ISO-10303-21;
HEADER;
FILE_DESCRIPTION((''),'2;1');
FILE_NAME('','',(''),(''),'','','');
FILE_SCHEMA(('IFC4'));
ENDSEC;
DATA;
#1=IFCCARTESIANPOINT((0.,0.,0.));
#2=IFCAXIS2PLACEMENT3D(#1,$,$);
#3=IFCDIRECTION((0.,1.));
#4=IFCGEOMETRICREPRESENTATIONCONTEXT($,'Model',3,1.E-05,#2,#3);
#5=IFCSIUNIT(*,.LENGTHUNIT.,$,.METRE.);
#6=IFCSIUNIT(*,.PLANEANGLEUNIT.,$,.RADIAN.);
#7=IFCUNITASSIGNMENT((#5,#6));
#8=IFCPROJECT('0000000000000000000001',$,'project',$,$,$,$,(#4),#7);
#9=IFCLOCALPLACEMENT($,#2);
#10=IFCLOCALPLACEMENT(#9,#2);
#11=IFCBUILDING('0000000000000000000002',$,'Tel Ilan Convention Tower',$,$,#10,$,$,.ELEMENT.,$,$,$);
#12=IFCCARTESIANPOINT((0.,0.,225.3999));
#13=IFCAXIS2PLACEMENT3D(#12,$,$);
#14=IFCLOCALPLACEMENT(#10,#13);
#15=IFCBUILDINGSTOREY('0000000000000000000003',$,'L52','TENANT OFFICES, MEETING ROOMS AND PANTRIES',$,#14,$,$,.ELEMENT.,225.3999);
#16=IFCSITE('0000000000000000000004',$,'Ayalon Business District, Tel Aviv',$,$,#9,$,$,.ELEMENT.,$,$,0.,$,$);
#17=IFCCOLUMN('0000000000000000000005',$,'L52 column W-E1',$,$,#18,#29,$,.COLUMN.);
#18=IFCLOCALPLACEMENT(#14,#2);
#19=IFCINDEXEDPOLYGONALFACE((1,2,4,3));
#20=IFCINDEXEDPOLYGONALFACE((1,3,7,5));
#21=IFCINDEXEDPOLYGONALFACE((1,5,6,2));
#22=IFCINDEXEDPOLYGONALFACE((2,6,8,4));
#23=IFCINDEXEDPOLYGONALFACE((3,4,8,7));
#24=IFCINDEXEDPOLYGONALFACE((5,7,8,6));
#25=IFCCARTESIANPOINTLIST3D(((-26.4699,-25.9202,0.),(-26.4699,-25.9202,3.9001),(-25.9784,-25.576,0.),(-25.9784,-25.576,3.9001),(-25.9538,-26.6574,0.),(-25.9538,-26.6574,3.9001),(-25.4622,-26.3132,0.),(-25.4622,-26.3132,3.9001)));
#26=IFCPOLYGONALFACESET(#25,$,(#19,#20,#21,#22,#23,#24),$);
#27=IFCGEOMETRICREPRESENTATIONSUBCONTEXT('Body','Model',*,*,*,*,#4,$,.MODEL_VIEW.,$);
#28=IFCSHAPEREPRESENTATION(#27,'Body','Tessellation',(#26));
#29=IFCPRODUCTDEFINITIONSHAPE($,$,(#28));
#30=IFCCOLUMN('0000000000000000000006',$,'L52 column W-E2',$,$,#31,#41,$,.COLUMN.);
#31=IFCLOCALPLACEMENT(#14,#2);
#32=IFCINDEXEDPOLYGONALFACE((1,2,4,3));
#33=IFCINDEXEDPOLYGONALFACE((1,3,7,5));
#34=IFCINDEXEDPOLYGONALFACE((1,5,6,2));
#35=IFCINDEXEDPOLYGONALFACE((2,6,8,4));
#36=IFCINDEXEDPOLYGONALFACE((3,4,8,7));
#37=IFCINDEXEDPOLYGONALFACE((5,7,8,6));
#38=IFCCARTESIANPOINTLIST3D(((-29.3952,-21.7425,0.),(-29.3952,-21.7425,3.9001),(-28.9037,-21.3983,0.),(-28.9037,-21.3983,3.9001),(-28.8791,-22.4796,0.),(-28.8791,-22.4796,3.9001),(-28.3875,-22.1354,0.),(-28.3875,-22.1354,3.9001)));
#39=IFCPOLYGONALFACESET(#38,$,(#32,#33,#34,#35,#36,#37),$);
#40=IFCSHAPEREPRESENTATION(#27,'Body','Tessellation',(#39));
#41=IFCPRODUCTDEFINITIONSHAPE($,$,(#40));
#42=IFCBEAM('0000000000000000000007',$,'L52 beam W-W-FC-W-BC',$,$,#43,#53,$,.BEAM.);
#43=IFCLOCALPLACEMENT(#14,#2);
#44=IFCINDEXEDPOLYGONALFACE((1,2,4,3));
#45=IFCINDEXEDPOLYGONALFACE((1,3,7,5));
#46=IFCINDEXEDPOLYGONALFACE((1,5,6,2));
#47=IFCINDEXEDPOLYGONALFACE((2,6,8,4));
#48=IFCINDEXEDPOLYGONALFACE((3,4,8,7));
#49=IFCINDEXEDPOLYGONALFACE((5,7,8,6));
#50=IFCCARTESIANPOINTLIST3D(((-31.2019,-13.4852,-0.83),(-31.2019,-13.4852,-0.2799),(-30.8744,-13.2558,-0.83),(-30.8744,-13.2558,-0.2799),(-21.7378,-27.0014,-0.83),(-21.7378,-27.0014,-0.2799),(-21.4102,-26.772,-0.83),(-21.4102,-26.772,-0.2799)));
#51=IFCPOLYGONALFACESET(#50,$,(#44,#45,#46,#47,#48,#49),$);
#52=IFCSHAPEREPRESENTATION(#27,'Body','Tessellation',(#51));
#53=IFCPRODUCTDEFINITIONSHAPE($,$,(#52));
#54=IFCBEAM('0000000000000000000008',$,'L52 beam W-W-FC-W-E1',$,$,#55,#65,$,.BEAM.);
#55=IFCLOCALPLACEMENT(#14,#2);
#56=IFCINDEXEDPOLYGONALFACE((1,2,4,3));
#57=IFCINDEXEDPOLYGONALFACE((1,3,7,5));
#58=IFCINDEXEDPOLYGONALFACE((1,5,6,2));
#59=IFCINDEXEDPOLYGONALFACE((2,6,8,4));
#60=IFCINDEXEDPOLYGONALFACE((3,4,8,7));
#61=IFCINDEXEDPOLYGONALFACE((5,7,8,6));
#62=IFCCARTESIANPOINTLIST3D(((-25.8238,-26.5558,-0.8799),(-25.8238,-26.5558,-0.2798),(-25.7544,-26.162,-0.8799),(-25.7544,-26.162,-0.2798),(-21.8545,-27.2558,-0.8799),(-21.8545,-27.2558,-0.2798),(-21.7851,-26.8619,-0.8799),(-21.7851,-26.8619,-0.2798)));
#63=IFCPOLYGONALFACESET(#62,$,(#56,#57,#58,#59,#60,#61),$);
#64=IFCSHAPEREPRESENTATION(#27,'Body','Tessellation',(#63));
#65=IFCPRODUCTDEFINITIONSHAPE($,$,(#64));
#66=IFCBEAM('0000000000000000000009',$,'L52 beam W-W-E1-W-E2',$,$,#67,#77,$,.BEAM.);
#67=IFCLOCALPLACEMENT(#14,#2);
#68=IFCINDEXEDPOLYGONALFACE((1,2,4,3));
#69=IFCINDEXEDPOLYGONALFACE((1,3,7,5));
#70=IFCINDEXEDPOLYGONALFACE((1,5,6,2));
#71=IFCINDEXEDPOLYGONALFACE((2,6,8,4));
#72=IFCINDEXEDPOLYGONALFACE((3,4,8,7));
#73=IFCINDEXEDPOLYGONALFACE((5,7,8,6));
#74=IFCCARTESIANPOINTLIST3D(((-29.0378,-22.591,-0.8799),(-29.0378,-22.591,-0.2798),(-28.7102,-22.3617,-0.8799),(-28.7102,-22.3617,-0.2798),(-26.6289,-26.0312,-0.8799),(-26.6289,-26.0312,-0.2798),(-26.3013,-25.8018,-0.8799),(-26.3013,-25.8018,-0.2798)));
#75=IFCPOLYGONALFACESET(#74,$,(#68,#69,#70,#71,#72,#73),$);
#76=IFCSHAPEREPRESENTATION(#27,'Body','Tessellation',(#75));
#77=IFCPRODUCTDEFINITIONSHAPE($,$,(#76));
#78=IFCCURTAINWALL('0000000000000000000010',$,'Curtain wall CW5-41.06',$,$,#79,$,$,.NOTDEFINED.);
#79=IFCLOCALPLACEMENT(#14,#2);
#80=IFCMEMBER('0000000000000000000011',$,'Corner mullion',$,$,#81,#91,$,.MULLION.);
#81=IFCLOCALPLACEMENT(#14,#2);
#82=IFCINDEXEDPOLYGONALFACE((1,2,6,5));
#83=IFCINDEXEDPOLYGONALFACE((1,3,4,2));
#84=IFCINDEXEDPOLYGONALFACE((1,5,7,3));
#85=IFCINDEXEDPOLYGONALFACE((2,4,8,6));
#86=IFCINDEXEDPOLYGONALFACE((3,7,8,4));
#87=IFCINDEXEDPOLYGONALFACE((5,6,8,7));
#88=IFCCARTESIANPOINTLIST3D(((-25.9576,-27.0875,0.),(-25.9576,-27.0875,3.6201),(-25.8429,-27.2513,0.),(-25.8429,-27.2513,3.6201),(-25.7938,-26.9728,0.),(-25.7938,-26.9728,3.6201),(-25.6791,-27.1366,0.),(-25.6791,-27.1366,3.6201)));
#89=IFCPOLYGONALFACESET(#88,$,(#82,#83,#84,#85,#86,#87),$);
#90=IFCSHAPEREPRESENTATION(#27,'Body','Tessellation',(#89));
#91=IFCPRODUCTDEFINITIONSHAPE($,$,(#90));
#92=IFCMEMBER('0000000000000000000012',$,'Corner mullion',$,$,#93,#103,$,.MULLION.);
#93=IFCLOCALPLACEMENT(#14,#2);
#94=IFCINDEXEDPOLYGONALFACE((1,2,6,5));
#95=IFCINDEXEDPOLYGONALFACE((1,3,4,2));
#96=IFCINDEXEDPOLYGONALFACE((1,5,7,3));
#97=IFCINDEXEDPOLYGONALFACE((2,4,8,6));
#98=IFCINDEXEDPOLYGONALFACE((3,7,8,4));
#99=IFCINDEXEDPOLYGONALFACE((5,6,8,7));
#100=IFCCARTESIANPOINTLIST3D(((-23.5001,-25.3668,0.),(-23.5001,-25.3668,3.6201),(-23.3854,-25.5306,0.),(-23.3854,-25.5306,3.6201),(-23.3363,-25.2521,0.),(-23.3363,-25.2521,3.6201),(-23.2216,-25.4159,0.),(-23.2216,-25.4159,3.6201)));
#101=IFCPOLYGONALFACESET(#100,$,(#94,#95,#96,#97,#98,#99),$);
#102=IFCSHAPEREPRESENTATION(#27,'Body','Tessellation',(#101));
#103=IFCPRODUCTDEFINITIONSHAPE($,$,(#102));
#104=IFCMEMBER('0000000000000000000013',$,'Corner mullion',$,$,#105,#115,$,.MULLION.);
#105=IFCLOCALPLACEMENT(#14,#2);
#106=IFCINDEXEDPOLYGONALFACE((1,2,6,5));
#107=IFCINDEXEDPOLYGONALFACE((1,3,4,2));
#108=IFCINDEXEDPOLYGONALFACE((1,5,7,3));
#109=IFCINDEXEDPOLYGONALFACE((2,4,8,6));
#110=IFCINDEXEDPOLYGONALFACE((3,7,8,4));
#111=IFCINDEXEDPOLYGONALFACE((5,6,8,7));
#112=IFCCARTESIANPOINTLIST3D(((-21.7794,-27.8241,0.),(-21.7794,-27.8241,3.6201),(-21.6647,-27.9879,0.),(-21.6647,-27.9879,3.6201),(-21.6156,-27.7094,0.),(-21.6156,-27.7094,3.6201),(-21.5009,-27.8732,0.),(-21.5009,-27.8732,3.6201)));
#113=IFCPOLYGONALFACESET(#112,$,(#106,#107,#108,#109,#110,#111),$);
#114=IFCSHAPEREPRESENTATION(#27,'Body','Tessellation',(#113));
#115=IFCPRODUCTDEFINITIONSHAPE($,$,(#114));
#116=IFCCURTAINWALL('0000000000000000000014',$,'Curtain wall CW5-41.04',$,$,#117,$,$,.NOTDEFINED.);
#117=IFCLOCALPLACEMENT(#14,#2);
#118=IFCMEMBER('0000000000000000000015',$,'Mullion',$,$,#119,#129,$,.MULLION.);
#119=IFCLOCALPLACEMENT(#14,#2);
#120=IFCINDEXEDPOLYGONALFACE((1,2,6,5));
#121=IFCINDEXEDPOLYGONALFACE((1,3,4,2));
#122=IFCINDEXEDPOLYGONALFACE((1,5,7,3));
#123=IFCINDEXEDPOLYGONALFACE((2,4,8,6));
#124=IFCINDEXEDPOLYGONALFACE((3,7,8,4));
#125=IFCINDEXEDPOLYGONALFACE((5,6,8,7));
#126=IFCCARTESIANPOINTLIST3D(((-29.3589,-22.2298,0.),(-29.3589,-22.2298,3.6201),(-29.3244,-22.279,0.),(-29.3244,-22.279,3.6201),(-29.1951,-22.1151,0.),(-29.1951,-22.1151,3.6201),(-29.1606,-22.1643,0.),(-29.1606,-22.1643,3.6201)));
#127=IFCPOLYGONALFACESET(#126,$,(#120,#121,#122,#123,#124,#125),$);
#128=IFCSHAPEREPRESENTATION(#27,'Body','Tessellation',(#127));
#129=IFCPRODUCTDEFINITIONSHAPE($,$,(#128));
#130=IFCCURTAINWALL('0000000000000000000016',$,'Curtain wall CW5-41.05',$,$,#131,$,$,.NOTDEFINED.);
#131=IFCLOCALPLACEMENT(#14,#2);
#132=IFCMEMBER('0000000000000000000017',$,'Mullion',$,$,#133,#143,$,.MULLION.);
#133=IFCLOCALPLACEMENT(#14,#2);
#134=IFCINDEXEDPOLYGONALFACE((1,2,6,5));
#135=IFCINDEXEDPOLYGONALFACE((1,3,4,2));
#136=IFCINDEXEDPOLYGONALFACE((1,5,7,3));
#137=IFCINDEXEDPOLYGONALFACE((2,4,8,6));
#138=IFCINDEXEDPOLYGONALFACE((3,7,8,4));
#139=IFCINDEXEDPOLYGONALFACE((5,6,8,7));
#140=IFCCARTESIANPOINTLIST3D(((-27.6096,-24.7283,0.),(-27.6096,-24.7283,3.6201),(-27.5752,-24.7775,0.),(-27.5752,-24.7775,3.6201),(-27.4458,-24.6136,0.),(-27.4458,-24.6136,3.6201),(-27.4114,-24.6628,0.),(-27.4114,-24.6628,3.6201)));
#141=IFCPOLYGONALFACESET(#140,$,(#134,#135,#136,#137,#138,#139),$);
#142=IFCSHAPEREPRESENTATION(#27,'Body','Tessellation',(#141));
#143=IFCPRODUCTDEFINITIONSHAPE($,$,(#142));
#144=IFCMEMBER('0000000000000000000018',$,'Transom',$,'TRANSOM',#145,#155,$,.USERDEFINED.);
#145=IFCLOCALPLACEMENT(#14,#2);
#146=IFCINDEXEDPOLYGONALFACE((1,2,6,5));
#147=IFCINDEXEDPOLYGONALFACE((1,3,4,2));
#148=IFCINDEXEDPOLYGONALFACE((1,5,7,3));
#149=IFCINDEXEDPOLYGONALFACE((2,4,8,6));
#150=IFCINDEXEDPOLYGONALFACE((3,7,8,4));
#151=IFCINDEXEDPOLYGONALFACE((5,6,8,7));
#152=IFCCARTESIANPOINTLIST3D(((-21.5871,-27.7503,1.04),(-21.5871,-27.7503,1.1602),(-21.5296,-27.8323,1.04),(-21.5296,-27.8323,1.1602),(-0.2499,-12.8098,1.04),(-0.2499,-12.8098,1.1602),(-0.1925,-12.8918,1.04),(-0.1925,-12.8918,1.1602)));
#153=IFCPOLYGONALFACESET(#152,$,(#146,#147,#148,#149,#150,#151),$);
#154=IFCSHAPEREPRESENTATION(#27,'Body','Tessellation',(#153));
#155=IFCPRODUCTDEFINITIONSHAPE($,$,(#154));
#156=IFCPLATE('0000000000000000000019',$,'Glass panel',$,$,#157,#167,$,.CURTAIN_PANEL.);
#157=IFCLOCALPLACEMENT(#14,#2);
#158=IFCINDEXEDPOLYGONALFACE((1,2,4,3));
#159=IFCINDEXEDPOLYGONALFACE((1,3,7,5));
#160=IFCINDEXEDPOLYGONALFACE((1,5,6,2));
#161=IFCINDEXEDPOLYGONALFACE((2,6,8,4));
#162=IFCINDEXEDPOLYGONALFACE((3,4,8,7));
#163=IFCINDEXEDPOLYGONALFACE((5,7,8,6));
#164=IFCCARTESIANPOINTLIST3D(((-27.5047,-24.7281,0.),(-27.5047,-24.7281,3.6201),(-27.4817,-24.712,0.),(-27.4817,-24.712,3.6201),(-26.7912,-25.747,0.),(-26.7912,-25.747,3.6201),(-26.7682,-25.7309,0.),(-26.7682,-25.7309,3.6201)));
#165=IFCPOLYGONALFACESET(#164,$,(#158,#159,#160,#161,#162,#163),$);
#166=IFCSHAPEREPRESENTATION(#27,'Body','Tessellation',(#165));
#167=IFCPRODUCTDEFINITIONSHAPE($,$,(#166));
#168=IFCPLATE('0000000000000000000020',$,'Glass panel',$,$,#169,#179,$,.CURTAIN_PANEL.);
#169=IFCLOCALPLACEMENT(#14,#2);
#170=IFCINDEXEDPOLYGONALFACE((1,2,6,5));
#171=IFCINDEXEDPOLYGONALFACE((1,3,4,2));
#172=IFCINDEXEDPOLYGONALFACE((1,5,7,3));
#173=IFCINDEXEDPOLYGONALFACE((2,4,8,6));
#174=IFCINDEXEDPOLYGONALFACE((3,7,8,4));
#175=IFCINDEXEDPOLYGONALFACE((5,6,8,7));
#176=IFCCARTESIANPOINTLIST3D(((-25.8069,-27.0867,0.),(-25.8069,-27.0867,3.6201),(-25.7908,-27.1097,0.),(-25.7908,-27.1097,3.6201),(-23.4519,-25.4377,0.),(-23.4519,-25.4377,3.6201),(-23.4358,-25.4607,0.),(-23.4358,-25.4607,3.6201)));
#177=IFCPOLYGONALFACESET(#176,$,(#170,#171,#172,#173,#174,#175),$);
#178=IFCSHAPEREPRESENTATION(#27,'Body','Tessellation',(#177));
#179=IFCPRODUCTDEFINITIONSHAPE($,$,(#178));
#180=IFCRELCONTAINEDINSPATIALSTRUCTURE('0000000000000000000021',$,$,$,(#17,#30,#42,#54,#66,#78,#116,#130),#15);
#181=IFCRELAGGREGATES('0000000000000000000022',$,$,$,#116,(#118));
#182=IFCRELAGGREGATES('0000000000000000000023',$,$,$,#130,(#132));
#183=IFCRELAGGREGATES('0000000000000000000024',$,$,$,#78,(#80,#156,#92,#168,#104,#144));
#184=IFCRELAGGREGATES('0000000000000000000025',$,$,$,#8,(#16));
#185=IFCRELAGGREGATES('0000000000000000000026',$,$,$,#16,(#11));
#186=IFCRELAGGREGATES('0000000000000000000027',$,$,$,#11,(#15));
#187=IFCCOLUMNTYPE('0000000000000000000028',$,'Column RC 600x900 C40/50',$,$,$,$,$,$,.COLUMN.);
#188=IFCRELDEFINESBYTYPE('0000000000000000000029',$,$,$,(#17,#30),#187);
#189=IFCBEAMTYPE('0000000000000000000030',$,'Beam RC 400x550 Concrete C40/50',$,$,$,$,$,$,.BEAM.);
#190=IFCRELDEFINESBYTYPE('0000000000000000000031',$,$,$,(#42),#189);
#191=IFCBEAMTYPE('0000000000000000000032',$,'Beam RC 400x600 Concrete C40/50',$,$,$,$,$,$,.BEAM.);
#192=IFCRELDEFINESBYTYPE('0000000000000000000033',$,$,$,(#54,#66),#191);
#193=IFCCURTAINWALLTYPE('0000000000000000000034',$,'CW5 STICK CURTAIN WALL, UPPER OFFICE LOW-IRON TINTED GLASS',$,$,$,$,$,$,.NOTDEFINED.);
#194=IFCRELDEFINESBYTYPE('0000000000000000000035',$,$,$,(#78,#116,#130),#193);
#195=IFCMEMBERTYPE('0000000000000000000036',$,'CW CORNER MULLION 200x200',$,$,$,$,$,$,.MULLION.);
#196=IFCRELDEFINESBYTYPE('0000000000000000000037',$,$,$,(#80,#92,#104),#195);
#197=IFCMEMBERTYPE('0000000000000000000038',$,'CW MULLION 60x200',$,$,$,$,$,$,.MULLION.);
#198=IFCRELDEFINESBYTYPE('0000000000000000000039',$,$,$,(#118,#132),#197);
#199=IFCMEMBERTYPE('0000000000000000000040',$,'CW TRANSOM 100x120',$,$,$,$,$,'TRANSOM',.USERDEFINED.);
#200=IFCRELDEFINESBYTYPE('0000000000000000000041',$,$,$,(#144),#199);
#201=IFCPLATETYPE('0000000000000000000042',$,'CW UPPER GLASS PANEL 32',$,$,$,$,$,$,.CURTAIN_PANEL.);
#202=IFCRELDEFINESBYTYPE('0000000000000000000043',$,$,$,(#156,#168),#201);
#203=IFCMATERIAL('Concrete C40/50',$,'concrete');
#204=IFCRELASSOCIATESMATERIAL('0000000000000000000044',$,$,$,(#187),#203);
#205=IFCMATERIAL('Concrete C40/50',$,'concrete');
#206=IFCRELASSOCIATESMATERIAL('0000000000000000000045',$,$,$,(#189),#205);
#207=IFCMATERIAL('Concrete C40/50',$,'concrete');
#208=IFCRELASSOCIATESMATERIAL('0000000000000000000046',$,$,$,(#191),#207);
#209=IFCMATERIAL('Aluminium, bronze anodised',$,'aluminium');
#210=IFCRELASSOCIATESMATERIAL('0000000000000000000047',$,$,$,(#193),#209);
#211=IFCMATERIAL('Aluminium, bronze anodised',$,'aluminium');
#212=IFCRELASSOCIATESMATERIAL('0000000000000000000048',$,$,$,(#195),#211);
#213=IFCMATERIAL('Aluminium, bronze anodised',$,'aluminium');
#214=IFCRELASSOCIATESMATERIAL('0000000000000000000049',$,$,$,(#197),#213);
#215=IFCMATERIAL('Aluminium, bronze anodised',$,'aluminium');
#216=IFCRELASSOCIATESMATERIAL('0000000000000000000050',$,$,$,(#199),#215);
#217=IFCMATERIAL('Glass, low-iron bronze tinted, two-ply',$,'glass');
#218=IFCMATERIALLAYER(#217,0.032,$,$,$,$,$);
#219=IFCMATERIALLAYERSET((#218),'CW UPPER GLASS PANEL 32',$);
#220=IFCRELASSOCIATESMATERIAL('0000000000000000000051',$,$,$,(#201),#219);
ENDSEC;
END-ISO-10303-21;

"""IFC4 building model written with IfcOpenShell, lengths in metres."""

from ifc_helpers import new_model, si_unit, direction, frame, origin, origin_2d, place, context, subcontext, project, spatial, rectangle, extrude, material, layer, layer_set, material_profile, profile_set, type_object, element, aggregate, save


model = new_model("IFC4")

# Units and contexts
model_context = context("Model", 3, precision=1e-05, world=origin(), true_north=direction((0.0, 1.0)))
body_context = subcontext(model_context, "Body", "Model", "MODEL_VIEW")
ifc_project = project(units=[si_unit("LENGTHUNIT", "METRE"), si_unit("PLANEANGLEUNIT", "RADIAN")], contexts=[model_context])

# Site, building, storey
site_placement = place(None, origin())
site = spatial("IfcSite", under=ifc_project, at=site_placement, Name="Ayalon Business District, Tel Aviv", CompositionType="ELEMENT", RefElevation=0.0)
building_placement = place(site_placement, origin())
building = spatial("IfcBuilding", under=site, at=building_placement, Name="Tel Ilan Convention Tower", CompositionType="ELEMENT")
storey_placement = place(building_placement, frame((0.0, 0.0, 225.3999)))
storey = spatial("IfcBuildingStorey", under=building, at=storey_placement, Name="L52", Description="TENANT OFFICES, MEETING ROOMS AND PANTRIES", CompositionType="ELEMENT", Elevation=225.3999)

# Columns
ifc_material_1 = material(Name="Concrete C40/50", Category="concrete")
ifc_material_profile_1 = material_profile(ifc_material_1, rectangle(XDim=0.8999, YDim=0.6001, at=origin_2d()), Name="RC 600x900")
ifc_profile_set_1 = profile_set([ifc_material_profile_1], Name="Concrete C40/50")
column_type = type_object("IfcColumnType", Name="Column RC 600x900 C40/50", PredefinedType="COLUMN", material=ifc_profile_set_1)
for number, where, z_axis, x_axis, name in (
    (1, (-25.9661, -26.1167, 0.0), (0.0, 0.0, 1.0), (-0.573576, 0.819152, 0.0), "L52 column W-E1"),
    (2, (-28.8914, -21.939, 0.0), (0.0, 0.0, 1.0), (-0.573576, 0.819152, 0.0), "L52 column W-E2"),
):
    element("IfcColumn", number, at=place(storey_placement, frame(where, z_axis=z_axis, x_axis=x_axis)), inside=storey, type_object=column_type, Name=name, PredefinedType="COLUMN", context=body_context, shape_type="SweptSolid", body=[
        extrude(rectangle(XDim=0.8999, YDim=0.6001, at=origin_2d()), origin(), (0.0, 0.0, 1.0), 3.9001),
    ])

# Beams
ifc_material_2 = material(Name="Concrete C40/50", Category="concrete")
ifc_material_profile_2 = material_profile(ifc_material_2, rectangle(XDim=0.3999, YDim=0.55, at=origin_2d()), Name="RC 400x550")
ifc_profile_set_2 = profile_set([ifc_material_profile_2], Name="Concrete C40/50")
beam_type_1 = type_object("IfcBeamType", Name="Beam RC 400x550 Concrete C40/50", PredefinedType="BEAM", material=ifc_profile_set_2)
beam_1_placement = place(storey_placement, frame((-21.574, -26.8867, -0.5549), z_axis=(-0.573578, 0.819151, 0.0), x_axis=(-0.819151, -0.573578, 0.0)))
element("IfcBeam", 3, at=beam_1_placement, inside=storey, type_object=beam_type_1, Name="L52 beam W-W-FC-W-BC", PredefinedType="BEAM", context=body_context, shape_type="SweptSolid", body=[
    extrude(rectangle(XDim=0.3999, YDim=0.55, at=origin_2d()), origin(), (0.0, 0.0, 1.0), 16.5002),
])
ifc_material_3 = material(Name="Concrete C40/50", Category="concrete")
ifc_material_profile_3 = material_profile(ifc_material_3, rectangle(XDim=0.3999, YDim=0.6001, at=origin_2d()), Name="RC 400x600")
ifc_profile_set_3 = profile_set([ifc_material_profile_3], Name="Concrete C40/50")
beam_type_2 = type_object("IfcBeamType", Name="Beam RC 400x600 Concrete C40/50", PredefinedType="BEAM", material=ifc_profile_set_3)
beam_2_placement = place(storey_placement, frame((-21.8198, -27.0588, -0.5798), z_axis=(-0.984805, 0.173664, 0.0), x_axis=(-0.173664, -0.984805, 0.0)))
element("IfcBeam", 4, at=beam_2_placement, inside=storey, type_object=beam_type_2, Name="L52 beam W-W-FC-W-E1", PredefinedType="BEAM", context=body_context, shape_type="SweptSolid", body=[
    extrude(rectangle(XDim=0.3999, YDim=0.6001, at=origin_2d()), origin(), (0.0, 0.0, 1.0), 4.0305),
])
beam_3_placement = place(storey_placement, frame((-26.4651, -25.9165, -0.5798), z_axis=(-0.573591, 0.819142, 0.0), x_axis=(-0.819142, -0.573591, 0.0)))
element("IfcBeam", 5, at=beam_3_placement, inside=storey, type_object=beam_type_2, Name="L52 beam W-W-E1-W-E2", PredefinedType="BEAM", context=body_context, shape_type="SweptSolid", body=[
    extrude(rectangle(XDim=0.3999, YDim=0.6001, at=origin_2d()), origin(), (0.0, 0.0, 1.0), 4.1997),
])

# Curtain wall, members
ifc_material_4 = material(Name="Aluminium, bronze anodised", Category="aluminium")
curtain_wall_type = type_object("IfcCurtainWallType", Name="CW5 STICK CURTAIN WALL, UPPER OFFICE LOW-IRON TINTED GLASS", PredefinedType="NOTDEFINED", material=ifc_material_4)
curtain_wall_1_placement = place(storey_placement, origin())
curtain_wall_1 = element("IfcCurtainWall", 6, at=curtain_wall_1_placement, inside=storey, type_object=curtain_wall_type, Name="Curtain wall CW5-41.06", PredefinedType="NOTDEFINED")
ifc_material_5 = material(Name="Aluminium, bronze anodised", Category="aluminium")
ifc_material_profile_4 = material_profile(ifc_material_5, rectangle(XDim=0.2, YDim=0.2, at=origin_2d()), Name="CW CORNER MULLION 200x200")
ifc_profile_set_4 = profile_set([ifc_material_profile_4], Name="Aluminium, bronze anodised")
member_type_1 = type_object("IfcMemberType", Name="CW CORNER MULLION 200x200", PredefinedType="MULLION", material=ifc_profile_set_4)
member_1_placement = place(storey_placement, frame((-25.8184, -27.1121, 0.0), z_axis=(0.0, 0.0, 1.0), x_axis=(0.573576, -0.819152, 0.0)))
member_1 = element("IfcMember", 7, at=member_1_placement, type_object=member_type_1, Name="Corner mullion", PredefinedType="MULLION", context=body_context, shape_type="SweptSolid", body=[
    extrude(rectangle(XDim=0.2, YDim=0.2, at=origin_2d()), origin(), (0.0, 0.0, 1.0), 3.6201),
])
member_2_placement = place(storey_placement, frame((-23.3608, -25.3914, 0.0), z_axis=(0.0, 0.0, 1.0), x_axis=(0.819152, 0.573576, 0.0)))
member_2 = element("IfcMember", 8, at=member_2_placement, type_object=member_type_1, Name="Corner mullion", PredefinedType="MULLION", context=body_context, shape_type="SweptSolid", body=[
    extrude(rectangle(XDim=0.2, YDim=0.2, at=origin_2d()), origin(), (0.0, 0.0, 1.0), 3.6201),
])
member_3_placement = place(storey_placement, frame((-21.6401, -27.8486, 0.0), z_axis=(0.0, 0.0, 1.0), x_axis=(0.573576, -0.819152, 0.0)))
member_3 = element("IfcMember", 9, at=member_3_placement, type_object=member_type_1, Name="Corner mullion", PredefinedType="MULLION", context=body_context, shape_type="SweptSolid", body=[
    extrude(rectangle(XDim=0.2, YDim=0.2, at=origin_2d()), origin(), (0.0, 0.0, 1.0), 3.6201),
])

# Curtain walls, members
curtain_wall_2_placement = place(storey_placement, origin())
curtain_wall_2 = element("IfcCurtainWall", 10, at=curtain_wall_2_placement, inside=storey, type_object=curtain_wall_type, Name="Curtain wall CW5-41.04", PredefinedType="NOTDEFINED")
ifc_material_6 = material(Name="Aluminium, bronze anodised", Category="aluminium")
ifc_material_profile_5 = material_profile(ifc_material_6, rectangle(XDim=0.0601, YDim=0.2, at=origin_2d()), Name="CW MULLION 60x200")
ifc_profile_set_5 = profile_set([ifc_material_profile_5], Name="Aluminium, bronze anodised")
member_type_2 = type_object("IfcMemberType", Name="CW MULLION 60x200", PredefinedType="MULLION", material=ifc_profile_set_5)
member_4_placement = place(storey_placement, frame((-29.2598, -22.197, 0.0), z_axis=(0.0, 0.0, 1.0), x_axis=(0.573576, -0.819152, 0.0)))
member_4 = element("IfcMember", 11, at=member_4_placement, type_object=member_type_2, Name="Mullion", PredefinedType="MULLION", context=body_context, shape_type="SweptSolid", body=[
    extrude(rectangle(XDim=0.0601, YDim=0.2, at=origin_2d()), origin(), (0.0, 0.0, 1.0), 3.6201),
])
aggregate(curtain_wall_2, [member_4])
curtain_wall_3_placement = place(storey_placement, origin())
curtain_wall_3 = element("IfcCurtainWall", 12, at=curtain_wall_3_placement, inside=storey, type_object=curtain_wall_type, Name="Curtain wall CW5-41.05", PredefinedType="NOTDEFINED")
member_5_placement = place(storey_placement, frame((-27.5105, -24.6956, 0.0), z_axis=(0.0, 0.0, 1.0), x_axis=(0.573576, -0.819152, 0.0)))
member_5 = element("IfcMember", 13, at=member_5_placement, type_object=member_type_2, Name="Mullion", PredefinedType="MULLION", context=body_context, shape_type="SweptSolid", body=[
    extrude(rectangle(XDim=0.0601, YDim=0.2, at=origin_2d()), origin(), (0.0, 0.0, 1.0), 3.6201),
])
aggregate(curtain_wall_3, [member_5])

# Member
ifc_material_7 = material(Name="Aluminium, bronze anodised", Category="aluminium")
ifc_material_profile_6 = material_profile(ifc_material_7, rectangle(XDim=0.1001, YDim=0.1201, at=origin_2d()), Name="CW TRANSOM 100x120")
ifc_profile_set_6 = profile_set([ifc_material_profile_6], Name="Aluminium, bronze anodised")
member_type_3 = type_object("IfcMemberType", Name="CW TRANSOM 100x120", ElementType="TRANSOM", PredefinedType="USERDEFINED", material=ifc_profile_set_6)
member_6_placement = place(storey_placement, frame((-21.5583, -27.7913, 1.1001), z_axis=(0.819152, 0.573576, 0.0), x_axis=(-0.573576, 0.819152, 0.0)))
member_6 = element("IfcMember", 14, at=member_6_placement, type_object=member_type_3, Name="Transom", ObjectType="TRANSOM", PredefinedType="USERDEFINED", context=body_context, shape_type="SweptSolid", body=[
    extrude(rectangle(XDim=0.1001, YDim=0.1201, at=origin_2d()), origin(), (0.0, 0.0, 1.0), 26.0479),
])

# Plates
ifc_material_8 = material(Name="Glass, low-iron bronze tinted, two-ply", Category="glass")
ifc_layer_1 = layer(ifc_material_8, 0.032)
ifc_layer_set_1 = layer_set([ifc_layer_1], Name="CW UPPER GLASS PANEL 32")
plate_type = type_object("IfcPlateType", Name="CW UPPER GLASS PANEL 32", PredefinedType="CURTAIN_PANEL", material=ifc_layer_set_1)
plate_1_placement = place(storey_placement, frame((-27.1365, -25.2295, 0.0), z_axis=(0.0, 0.0, 1.0), x_axis=(0.573576, -0.819152, 0.0)))
plate_1 = element("IfcPlate", 15, at=plate_1_placement, type_object=plate_type, Name="Glass panel", PredefinedType="CURTAIN_PANEL", context=body_context, shape_type="SweptSolid", body=[
    extrude(rectangle(XDim=1.2439, YDim=0.0281, at=origin_2d()), origin(), (0.0, 0.0, 1.0), 3.6201),
])
plate_2_placement = place(storey_placement, frame((-24.6213, -26.2737, 0.0), z_axis=(0.0, 0.0, 1.0), x_axis=(0.819152, 0.573576, 0.0)))
plate_2 = element("IfcPlate", 16, at=plate_2_placement, type_object=plate_type, Name="Glass panel", PredefinedType="CURTAIN_PANEL", context=body_context, shape_type="SweptSolid", body=[
    extrude(rectangle(XDim=2.875, YDim=0.0281, at=origin_2d()), origin(), (0.0, 0.0, 1.0), 3.6201),
])
aggregate(curtain_wall_1, [member_1, plate_1, member_2, plate_2, member_3, member_6])

save(model, "model.ifc")
